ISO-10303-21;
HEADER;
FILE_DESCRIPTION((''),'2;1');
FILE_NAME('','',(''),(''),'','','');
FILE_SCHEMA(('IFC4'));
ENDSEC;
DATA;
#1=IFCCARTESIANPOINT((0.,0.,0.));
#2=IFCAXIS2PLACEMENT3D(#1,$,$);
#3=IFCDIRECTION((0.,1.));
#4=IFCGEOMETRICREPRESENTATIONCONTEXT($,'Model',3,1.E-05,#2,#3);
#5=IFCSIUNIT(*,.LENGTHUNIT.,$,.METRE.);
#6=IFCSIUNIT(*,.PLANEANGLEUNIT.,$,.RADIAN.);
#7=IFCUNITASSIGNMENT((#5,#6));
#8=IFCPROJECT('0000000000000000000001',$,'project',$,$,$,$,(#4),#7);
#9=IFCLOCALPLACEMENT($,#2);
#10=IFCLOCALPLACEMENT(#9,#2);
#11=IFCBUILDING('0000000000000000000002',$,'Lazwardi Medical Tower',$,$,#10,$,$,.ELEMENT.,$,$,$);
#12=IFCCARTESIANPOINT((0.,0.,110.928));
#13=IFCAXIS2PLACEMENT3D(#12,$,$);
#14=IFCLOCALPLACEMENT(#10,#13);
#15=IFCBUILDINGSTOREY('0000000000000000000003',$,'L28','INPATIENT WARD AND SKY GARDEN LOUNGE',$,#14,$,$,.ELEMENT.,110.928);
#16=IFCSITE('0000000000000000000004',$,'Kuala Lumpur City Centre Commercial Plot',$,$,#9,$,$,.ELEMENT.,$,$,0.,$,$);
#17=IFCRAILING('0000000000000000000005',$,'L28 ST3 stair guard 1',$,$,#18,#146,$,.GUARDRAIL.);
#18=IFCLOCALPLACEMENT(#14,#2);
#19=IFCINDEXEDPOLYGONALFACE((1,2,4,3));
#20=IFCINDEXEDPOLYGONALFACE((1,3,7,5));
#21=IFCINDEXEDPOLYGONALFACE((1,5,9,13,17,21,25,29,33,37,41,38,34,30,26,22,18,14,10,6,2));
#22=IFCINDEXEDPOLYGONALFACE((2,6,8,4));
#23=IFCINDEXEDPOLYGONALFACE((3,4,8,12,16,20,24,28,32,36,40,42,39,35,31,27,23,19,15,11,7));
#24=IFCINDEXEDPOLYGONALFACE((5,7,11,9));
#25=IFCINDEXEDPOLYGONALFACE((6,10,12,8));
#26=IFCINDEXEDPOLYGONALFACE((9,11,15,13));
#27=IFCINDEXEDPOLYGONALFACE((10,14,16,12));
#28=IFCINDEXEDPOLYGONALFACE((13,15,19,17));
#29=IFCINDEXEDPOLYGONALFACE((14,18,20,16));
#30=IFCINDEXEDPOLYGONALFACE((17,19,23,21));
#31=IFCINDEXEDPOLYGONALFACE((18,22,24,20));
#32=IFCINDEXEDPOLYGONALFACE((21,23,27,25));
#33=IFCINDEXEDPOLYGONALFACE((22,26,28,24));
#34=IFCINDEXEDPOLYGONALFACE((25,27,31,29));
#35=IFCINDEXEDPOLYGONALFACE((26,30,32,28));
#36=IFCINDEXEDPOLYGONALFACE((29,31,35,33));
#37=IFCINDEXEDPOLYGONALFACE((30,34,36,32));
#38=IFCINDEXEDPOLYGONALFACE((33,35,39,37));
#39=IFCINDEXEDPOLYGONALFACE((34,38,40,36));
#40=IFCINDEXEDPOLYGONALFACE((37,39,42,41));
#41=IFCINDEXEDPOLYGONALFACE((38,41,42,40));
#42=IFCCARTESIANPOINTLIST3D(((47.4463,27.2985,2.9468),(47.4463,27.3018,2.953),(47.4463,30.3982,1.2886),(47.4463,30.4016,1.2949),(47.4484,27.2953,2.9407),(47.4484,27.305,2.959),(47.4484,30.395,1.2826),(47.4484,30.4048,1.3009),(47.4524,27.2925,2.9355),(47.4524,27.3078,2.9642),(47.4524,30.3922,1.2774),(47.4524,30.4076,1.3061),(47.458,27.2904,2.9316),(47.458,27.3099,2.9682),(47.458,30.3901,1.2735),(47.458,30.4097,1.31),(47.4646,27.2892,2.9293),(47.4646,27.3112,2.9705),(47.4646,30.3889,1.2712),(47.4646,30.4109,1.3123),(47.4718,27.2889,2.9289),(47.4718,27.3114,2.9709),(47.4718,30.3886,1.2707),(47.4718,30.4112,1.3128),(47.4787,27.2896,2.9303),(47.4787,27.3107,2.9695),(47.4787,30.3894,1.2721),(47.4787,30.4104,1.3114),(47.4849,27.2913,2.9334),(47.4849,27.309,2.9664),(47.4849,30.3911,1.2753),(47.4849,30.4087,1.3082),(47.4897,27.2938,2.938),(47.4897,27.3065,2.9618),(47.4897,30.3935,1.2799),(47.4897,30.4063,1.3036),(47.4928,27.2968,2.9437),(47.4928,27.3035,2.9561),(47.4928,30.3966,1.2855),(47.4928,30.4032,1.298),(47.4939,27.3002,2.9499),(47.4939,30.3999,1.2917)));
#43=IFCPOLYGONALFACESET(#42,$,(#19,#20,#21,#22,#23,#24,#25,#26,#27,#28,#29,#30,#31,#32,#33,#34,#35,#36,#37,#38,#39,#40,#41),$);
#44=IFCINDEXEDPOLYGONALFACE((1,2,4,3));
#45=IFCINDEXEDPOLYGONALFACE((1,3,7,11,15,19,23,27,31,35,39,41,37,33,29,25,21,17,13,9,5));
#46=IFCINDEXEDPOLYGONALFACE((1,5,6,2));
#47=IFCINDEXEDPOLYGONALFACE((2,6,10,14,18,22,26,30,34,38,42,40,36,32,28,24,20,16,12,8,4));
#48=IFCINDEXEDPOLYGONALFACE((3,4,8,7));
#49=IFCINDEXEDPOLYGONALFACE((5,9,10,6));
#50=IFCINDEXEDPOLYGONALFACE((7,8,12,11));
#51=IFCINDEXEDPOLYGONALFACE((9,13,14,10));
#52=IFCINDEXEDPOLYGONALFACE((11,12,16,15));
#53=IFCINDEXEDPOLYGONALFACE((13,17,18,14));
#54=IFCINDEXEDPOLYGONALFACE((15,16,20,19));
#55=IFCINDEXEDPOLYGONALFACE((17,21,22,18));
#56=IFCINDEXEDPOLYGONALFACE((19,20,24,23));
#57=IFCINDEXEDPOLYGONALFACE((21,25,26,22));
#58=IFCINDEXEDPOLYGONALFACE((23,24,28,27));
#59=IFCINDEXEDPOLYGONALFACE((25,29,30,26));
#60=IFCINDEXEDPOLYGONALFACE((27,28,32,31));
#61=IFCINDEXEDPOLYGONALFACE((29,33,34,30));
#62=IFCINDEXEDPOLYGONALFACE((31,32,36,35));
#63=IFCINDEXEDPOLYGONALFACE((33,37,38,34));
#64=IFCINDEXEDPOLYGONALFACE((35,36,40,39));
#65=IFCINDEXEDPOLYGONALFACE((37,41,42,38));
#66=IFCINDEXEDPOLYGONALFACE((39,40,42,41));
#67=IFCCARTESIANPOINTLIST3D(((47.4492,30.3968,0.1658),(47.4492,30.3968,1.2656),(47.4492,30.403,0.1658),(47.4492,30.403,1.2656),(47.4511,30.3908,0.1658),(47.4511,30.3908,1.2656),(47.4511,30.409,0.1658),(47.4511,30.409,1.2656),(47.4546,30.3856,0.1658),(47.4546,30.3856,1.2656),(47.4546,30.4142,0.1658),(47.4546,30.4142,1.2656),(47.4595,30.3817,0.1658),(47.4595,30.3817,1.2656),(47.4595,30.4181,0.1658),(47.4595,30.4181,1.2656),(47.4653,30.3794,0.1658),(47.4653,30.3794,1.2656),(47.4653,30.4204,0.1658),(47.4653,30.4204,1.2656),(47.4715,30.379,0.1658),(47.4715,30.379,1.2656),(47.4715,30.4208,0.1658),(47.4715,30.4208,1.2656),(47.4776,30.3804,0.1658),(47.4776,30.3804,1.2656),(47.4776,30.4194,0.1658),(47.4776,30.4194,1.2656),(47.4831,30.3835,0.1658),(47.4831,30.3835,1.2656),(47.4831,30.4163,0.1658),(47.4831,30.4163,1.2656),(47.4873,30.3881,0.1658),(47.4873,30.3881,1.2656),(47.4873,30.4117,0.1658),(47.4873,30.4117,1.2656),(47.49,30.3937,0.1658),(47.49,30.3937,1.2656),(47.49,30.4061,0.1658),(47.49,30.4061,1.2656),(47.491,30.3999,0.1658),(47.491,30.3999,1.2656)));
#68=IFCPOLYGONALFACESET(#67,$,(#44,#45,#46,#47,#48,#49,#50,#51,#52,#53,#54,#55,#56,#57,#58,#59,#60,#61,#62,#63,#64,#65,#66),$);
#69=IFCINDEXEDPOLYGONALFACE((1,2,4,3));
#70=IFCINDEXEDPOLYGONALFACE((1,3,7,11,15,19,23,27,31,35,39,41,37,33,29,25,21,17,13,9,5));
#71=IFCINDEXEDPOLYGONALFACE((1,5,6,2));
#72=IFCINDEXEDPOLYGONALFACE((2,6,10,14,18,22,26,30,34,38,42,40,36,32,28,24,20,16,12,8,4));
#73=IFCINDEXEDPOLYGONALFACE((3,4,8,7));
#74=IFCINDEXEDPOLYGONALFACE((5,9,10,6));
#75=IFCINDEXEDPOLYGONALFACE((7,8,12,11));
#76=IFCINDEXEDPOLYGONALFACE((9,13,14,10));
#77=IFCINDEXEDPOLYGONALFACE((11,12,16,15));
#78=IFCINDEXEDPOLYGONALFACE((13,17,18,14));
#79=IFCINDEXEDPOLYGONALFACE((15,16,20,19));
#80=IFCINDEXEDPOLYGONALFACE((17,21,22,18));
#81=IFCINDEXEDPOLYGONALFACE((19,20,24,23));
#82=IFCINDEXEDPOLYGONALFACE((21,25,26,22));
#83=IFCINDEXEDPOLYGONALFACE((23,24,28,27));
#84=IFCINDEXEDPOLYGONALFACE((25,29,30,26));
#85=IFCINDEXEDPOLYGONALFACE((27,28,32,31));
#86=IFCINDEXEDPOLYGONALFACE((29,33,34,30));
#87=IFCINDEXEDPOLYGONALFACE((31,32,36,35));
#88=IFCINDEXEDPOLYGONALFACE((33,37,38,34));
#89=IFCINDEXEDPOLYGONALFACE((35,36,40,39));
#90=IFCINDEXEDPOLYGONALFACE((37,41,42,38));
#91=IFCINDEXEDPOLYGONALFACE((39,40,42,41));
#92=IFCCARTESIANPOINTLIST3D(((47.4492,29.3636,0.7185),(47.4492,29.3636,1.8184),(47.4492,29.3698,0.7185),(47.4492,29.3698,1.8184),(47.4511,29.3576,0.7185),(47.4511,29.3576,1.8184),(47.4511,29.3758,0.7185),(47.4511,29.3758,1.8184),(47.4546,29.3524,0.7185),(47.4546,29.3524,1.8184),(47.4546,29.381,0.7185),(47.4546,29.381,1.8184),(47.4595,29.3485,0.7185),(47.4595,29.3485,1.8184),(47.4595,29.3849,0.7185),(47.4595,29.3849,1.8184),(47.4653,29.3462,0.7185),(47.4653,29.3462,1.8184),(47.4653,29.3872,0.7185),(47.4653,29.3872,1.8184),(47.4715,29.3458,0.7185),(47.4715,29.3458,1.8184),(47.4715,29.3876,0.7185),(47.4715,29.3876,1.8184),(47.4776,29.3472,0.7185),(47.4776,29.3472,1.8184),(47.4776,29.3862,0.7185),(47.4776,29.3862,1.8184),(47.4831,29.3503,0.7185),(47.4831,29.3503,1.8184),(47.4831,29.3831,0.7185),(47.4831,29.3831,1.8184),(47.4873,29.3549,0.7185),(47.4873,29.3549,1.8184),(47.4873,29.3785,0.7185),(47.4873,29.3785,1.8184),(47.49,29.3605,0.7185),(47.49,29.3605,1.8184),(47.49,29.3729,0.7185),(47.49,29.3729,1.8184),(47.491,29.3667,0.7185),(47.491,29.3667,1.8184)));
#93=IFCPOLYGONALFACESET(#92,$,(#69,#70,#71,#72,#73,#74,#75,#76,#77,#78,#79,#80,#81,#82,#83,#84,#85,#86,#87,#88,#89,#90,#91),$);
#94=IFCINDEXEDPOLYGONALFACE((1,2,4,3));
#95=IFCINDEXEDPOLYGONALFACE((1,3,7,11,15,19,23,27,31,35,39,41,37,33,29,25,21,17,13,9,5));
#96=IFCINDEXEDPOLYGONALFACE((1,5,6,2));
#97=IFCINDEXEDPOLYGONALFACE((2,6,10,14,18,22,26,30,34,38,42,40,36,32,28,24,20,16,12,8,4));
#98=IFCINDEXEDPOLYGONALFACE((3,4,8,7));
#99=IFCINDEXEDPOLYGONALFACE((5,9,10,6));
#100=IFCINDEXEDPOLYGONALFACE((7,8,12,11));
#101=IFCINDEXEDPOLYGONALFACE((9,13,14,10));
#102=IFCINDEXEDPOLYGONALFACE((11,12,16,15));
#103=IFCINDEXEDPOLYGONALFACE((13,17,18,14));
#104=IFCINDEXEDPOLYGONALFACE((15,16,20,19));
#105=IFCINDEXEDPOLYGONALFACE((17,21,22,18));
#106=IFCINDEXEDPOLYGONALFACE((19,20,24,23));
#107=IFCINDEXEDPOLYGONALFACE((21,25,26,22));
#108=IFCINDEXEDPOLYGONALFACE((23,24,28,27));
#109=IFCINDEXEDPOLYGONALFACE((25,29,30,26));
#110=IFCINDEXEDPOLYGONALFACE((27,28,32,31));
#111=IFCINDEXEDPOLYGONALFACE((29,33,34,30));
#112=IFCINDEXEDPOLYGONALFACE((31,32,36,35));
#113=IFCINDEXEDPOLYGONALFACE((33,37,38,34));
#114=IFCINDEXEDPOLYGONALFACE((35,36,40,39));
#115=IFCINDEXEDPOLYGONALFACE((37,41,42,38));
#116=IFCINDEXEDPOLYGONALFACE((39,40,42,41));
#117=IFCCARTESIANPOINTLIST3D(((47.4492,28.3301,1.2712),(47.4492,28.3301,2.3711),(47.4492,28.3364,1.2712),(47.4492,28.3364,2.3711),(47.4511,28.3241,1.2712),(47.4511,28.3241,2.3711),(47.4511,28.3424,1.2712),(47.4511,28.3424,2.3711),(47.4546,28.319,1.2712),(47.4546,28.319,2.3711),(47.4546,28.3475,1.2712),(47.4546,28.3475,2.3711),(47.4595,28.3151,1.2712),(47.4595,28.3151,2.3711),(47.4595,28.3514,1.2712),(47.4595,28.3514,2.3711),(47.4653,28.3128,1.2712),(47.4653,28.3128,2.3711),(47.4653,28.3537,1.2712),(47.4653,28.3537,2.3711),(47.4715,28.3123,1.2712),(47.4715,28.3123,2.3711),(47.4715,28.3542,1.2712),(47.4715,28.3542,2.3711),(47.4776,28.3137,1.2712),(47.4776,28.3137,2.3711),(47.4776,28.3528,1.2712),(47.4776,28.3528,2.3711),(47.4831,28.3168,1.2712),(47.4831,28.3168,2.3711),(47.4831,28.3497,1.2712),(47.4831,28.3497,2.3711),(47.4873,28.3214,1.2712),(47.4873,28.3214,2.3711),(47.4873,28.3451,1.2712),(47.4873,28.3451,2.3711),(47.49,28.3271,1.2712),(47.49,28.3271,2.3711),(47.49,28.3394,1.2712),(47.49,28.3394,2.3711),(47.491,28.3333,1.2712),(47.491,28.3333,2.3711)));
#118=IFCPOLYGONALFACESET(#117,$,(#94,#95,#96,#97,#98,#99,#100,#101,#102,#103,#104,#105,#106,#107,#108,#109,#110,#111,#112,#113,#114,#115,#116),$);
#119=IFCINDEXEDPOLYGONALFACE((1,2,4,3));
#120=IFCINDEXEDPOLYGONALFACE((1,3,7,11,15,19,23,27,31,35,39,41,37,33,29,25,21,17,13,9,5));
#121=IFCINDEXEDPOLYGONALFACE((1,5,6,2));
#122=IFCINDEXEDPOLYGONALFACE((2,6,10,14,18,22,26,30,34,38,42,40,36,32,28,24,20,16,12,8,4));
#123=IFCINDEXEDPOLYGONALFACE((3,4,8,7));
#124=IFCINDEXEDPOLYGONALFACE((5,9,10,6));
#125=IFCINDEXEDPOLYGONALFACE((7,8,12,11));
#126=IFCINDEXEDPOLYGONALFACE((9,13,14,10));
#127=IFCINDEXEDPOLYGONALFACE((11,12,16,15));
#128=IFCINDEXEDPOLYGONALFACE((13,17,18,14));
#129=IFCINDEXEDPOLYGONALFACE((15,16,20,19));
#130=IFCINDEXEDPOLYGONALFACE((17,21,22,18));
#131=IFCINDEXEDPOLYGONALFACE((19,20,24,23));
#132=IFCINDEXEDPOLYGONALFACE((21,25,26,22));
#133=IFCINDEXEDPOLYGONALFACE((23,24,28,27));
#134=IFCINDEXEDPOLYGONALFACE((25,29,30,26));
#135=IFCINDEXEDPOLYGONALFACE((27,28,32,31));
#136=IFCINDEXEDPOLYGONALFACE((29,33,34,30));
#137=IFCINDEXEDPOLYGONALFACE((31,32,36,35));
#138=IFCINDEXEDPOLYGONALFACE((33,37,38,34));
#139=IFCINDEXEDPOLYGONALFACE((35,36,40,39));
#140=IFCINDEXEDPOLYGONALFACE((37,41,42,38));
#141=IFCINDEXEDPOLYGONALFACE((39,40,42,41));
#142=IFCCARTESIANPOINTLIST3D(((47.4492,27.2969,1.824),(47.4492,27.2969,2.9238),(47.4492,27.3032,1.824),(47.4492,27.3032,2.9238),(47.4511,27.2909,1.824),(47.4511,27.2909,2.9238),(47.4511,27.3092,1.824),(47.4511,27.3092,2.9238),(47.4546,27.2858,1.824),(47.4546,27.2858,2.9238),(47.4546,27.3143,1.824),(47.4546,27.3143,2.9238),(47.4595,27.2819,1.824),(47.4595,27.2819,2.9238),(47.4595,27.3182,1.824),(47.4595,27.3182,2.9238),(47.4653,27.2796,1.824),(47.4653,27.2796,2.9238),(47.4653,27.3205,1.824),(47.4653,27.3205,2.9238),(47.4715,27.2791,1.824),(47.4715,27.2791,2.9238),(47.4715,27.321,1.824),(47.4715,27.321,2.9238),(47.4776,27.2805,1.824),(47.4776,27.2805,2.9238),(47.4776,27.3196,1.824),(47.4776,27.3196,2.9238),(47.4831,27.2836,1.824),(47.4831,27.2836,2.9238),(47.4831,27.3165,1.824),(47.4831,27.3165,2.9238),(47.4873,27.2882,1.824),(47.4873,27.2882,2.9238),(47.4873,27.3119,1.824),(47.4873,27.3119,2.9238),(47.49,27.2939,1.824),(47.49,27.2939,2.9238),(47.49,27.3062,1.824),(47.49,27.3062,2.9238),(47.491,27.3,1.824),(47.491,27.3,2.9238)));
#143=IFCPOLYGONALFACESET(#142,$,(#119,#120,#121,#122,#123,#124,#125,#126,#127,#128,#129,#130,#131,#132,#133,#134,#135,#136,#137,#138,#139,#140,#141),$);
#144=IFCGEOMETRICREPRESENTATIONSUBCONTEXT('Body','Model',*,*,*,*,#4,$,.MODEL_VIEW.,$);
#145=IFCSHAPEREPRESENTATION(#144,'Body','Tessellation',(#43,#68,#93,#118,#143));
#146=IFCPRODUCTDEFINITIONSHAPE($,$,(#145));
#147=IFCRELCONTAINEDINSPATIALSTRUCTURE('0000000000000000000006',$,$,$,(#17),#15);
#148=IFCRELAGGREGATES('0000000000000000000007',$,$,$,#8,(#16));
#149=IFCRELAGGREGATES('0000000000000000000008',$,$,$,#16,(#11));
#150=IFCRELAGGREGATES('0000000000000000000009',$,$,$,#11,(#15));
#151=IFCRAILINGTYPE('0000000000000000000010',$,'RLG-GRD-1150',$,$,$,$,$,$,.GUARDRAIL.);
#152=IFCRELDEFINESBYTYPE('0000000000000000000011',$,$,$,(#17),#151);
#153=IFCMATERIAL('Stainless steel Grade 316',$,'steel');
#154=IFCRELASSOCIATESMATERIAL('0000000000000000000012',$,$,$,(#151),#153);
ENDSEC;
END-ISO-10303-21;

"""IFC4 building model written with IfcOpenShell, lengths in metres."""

from ifc_helpers import new_model, si_unit, direction, frame, origin, origin_2d, place, context, subcontext, project, spatial, circle, extrude, material, type_object, element, save


model = new_model("IFC4")

# Units and contexts
model_context = context("Model", 3, precision=1e-05, world=origin(), true_north=direction((0.0, 1.0)))
body_context = subcontext(model_context, "Body", "Model", "MODEL_VIEW")
ifc_project = project(units=[si_unit("LENGTHUNIT", "METRE"), si_unit("PLANEANGLEUNIT", "RADIAN")], contexts=[model_context])

# Site, building, storey
site_placement = place(None, origin())
site = spatial("IfcSite", under=ifc_project, at=site_placement, Name="Kuala Lumpur City Centre Commercial Plot", CompositionType="ELEMENT", RefElevation=0.0)
building_placement = place(site_placement, origin())
building = spatial("IfcBuilding", under=site, at=building_placement, Name="Lazwardi Medical Tower", CompositionType="ELEMENT")
storey_placement = place(building_placement, frame((0.0, 0.0, 110.928)))
storey = spatial("IfcBuildingStorey", under=building, at=storey_placement, Name="L28", Description="INPATIENT WARD AND SKY GARDEN LOUNGE", CompositionType="ELEMENT", Elevation=110.928)

# Railing
ifc_material_1 = material(Name="Stainless steel Grade 316", Category="steel")
railing_type = type_object("IfcRailingType", Name="RLG-GRD-1150", PredefinedType="GUARDRAIL", material=ifc_material_1)
railing_1_placement = place(storey_placement, frame((47.47, 30.3999, 0.1658)))
element("IfcRailing", 1, at=railing_1_placement, inside=storey, type_object=railing_type, Name="L28 ST3 stair guard 1", PredefinedType="GUARDRAIL", context=body_context, shape_type="SweptSolid", body=[
    extrude(circle(Radius=0.0239, at=origin_2d()), frame((0.0, 0.0, 1.126), z_axis=(0.0, -0.881768, 0.471684), x_axis=(1.0, 0.0, 0.0)), (0.0, 0.0, 1.0), 3.5154),
    extrude(circle(Radius=0.021, at=origin_2d()), origin(), (0.0, 0.0, 1.0), 1.0999),
    extrude(circle(Radius=0.021, at=origin_2d()), frame((0.0, -1.0332, 0.5527)), (0.0, 0.0, 1.0), 1.0999),
    extrude(circle(Radius=0.021, at=origin_2d()), frame((0.0, -2.0667, 1.1055)), (0.0, 0.0, 1.0), 1.0999),
    extrude(circle(Radius=0.021, at=origin_2d()), frame((0.0, -3.0999, 1.6582)), (0.0, 0.0, 1.0), 1.0999),
])

save(model, "model.ifc")
